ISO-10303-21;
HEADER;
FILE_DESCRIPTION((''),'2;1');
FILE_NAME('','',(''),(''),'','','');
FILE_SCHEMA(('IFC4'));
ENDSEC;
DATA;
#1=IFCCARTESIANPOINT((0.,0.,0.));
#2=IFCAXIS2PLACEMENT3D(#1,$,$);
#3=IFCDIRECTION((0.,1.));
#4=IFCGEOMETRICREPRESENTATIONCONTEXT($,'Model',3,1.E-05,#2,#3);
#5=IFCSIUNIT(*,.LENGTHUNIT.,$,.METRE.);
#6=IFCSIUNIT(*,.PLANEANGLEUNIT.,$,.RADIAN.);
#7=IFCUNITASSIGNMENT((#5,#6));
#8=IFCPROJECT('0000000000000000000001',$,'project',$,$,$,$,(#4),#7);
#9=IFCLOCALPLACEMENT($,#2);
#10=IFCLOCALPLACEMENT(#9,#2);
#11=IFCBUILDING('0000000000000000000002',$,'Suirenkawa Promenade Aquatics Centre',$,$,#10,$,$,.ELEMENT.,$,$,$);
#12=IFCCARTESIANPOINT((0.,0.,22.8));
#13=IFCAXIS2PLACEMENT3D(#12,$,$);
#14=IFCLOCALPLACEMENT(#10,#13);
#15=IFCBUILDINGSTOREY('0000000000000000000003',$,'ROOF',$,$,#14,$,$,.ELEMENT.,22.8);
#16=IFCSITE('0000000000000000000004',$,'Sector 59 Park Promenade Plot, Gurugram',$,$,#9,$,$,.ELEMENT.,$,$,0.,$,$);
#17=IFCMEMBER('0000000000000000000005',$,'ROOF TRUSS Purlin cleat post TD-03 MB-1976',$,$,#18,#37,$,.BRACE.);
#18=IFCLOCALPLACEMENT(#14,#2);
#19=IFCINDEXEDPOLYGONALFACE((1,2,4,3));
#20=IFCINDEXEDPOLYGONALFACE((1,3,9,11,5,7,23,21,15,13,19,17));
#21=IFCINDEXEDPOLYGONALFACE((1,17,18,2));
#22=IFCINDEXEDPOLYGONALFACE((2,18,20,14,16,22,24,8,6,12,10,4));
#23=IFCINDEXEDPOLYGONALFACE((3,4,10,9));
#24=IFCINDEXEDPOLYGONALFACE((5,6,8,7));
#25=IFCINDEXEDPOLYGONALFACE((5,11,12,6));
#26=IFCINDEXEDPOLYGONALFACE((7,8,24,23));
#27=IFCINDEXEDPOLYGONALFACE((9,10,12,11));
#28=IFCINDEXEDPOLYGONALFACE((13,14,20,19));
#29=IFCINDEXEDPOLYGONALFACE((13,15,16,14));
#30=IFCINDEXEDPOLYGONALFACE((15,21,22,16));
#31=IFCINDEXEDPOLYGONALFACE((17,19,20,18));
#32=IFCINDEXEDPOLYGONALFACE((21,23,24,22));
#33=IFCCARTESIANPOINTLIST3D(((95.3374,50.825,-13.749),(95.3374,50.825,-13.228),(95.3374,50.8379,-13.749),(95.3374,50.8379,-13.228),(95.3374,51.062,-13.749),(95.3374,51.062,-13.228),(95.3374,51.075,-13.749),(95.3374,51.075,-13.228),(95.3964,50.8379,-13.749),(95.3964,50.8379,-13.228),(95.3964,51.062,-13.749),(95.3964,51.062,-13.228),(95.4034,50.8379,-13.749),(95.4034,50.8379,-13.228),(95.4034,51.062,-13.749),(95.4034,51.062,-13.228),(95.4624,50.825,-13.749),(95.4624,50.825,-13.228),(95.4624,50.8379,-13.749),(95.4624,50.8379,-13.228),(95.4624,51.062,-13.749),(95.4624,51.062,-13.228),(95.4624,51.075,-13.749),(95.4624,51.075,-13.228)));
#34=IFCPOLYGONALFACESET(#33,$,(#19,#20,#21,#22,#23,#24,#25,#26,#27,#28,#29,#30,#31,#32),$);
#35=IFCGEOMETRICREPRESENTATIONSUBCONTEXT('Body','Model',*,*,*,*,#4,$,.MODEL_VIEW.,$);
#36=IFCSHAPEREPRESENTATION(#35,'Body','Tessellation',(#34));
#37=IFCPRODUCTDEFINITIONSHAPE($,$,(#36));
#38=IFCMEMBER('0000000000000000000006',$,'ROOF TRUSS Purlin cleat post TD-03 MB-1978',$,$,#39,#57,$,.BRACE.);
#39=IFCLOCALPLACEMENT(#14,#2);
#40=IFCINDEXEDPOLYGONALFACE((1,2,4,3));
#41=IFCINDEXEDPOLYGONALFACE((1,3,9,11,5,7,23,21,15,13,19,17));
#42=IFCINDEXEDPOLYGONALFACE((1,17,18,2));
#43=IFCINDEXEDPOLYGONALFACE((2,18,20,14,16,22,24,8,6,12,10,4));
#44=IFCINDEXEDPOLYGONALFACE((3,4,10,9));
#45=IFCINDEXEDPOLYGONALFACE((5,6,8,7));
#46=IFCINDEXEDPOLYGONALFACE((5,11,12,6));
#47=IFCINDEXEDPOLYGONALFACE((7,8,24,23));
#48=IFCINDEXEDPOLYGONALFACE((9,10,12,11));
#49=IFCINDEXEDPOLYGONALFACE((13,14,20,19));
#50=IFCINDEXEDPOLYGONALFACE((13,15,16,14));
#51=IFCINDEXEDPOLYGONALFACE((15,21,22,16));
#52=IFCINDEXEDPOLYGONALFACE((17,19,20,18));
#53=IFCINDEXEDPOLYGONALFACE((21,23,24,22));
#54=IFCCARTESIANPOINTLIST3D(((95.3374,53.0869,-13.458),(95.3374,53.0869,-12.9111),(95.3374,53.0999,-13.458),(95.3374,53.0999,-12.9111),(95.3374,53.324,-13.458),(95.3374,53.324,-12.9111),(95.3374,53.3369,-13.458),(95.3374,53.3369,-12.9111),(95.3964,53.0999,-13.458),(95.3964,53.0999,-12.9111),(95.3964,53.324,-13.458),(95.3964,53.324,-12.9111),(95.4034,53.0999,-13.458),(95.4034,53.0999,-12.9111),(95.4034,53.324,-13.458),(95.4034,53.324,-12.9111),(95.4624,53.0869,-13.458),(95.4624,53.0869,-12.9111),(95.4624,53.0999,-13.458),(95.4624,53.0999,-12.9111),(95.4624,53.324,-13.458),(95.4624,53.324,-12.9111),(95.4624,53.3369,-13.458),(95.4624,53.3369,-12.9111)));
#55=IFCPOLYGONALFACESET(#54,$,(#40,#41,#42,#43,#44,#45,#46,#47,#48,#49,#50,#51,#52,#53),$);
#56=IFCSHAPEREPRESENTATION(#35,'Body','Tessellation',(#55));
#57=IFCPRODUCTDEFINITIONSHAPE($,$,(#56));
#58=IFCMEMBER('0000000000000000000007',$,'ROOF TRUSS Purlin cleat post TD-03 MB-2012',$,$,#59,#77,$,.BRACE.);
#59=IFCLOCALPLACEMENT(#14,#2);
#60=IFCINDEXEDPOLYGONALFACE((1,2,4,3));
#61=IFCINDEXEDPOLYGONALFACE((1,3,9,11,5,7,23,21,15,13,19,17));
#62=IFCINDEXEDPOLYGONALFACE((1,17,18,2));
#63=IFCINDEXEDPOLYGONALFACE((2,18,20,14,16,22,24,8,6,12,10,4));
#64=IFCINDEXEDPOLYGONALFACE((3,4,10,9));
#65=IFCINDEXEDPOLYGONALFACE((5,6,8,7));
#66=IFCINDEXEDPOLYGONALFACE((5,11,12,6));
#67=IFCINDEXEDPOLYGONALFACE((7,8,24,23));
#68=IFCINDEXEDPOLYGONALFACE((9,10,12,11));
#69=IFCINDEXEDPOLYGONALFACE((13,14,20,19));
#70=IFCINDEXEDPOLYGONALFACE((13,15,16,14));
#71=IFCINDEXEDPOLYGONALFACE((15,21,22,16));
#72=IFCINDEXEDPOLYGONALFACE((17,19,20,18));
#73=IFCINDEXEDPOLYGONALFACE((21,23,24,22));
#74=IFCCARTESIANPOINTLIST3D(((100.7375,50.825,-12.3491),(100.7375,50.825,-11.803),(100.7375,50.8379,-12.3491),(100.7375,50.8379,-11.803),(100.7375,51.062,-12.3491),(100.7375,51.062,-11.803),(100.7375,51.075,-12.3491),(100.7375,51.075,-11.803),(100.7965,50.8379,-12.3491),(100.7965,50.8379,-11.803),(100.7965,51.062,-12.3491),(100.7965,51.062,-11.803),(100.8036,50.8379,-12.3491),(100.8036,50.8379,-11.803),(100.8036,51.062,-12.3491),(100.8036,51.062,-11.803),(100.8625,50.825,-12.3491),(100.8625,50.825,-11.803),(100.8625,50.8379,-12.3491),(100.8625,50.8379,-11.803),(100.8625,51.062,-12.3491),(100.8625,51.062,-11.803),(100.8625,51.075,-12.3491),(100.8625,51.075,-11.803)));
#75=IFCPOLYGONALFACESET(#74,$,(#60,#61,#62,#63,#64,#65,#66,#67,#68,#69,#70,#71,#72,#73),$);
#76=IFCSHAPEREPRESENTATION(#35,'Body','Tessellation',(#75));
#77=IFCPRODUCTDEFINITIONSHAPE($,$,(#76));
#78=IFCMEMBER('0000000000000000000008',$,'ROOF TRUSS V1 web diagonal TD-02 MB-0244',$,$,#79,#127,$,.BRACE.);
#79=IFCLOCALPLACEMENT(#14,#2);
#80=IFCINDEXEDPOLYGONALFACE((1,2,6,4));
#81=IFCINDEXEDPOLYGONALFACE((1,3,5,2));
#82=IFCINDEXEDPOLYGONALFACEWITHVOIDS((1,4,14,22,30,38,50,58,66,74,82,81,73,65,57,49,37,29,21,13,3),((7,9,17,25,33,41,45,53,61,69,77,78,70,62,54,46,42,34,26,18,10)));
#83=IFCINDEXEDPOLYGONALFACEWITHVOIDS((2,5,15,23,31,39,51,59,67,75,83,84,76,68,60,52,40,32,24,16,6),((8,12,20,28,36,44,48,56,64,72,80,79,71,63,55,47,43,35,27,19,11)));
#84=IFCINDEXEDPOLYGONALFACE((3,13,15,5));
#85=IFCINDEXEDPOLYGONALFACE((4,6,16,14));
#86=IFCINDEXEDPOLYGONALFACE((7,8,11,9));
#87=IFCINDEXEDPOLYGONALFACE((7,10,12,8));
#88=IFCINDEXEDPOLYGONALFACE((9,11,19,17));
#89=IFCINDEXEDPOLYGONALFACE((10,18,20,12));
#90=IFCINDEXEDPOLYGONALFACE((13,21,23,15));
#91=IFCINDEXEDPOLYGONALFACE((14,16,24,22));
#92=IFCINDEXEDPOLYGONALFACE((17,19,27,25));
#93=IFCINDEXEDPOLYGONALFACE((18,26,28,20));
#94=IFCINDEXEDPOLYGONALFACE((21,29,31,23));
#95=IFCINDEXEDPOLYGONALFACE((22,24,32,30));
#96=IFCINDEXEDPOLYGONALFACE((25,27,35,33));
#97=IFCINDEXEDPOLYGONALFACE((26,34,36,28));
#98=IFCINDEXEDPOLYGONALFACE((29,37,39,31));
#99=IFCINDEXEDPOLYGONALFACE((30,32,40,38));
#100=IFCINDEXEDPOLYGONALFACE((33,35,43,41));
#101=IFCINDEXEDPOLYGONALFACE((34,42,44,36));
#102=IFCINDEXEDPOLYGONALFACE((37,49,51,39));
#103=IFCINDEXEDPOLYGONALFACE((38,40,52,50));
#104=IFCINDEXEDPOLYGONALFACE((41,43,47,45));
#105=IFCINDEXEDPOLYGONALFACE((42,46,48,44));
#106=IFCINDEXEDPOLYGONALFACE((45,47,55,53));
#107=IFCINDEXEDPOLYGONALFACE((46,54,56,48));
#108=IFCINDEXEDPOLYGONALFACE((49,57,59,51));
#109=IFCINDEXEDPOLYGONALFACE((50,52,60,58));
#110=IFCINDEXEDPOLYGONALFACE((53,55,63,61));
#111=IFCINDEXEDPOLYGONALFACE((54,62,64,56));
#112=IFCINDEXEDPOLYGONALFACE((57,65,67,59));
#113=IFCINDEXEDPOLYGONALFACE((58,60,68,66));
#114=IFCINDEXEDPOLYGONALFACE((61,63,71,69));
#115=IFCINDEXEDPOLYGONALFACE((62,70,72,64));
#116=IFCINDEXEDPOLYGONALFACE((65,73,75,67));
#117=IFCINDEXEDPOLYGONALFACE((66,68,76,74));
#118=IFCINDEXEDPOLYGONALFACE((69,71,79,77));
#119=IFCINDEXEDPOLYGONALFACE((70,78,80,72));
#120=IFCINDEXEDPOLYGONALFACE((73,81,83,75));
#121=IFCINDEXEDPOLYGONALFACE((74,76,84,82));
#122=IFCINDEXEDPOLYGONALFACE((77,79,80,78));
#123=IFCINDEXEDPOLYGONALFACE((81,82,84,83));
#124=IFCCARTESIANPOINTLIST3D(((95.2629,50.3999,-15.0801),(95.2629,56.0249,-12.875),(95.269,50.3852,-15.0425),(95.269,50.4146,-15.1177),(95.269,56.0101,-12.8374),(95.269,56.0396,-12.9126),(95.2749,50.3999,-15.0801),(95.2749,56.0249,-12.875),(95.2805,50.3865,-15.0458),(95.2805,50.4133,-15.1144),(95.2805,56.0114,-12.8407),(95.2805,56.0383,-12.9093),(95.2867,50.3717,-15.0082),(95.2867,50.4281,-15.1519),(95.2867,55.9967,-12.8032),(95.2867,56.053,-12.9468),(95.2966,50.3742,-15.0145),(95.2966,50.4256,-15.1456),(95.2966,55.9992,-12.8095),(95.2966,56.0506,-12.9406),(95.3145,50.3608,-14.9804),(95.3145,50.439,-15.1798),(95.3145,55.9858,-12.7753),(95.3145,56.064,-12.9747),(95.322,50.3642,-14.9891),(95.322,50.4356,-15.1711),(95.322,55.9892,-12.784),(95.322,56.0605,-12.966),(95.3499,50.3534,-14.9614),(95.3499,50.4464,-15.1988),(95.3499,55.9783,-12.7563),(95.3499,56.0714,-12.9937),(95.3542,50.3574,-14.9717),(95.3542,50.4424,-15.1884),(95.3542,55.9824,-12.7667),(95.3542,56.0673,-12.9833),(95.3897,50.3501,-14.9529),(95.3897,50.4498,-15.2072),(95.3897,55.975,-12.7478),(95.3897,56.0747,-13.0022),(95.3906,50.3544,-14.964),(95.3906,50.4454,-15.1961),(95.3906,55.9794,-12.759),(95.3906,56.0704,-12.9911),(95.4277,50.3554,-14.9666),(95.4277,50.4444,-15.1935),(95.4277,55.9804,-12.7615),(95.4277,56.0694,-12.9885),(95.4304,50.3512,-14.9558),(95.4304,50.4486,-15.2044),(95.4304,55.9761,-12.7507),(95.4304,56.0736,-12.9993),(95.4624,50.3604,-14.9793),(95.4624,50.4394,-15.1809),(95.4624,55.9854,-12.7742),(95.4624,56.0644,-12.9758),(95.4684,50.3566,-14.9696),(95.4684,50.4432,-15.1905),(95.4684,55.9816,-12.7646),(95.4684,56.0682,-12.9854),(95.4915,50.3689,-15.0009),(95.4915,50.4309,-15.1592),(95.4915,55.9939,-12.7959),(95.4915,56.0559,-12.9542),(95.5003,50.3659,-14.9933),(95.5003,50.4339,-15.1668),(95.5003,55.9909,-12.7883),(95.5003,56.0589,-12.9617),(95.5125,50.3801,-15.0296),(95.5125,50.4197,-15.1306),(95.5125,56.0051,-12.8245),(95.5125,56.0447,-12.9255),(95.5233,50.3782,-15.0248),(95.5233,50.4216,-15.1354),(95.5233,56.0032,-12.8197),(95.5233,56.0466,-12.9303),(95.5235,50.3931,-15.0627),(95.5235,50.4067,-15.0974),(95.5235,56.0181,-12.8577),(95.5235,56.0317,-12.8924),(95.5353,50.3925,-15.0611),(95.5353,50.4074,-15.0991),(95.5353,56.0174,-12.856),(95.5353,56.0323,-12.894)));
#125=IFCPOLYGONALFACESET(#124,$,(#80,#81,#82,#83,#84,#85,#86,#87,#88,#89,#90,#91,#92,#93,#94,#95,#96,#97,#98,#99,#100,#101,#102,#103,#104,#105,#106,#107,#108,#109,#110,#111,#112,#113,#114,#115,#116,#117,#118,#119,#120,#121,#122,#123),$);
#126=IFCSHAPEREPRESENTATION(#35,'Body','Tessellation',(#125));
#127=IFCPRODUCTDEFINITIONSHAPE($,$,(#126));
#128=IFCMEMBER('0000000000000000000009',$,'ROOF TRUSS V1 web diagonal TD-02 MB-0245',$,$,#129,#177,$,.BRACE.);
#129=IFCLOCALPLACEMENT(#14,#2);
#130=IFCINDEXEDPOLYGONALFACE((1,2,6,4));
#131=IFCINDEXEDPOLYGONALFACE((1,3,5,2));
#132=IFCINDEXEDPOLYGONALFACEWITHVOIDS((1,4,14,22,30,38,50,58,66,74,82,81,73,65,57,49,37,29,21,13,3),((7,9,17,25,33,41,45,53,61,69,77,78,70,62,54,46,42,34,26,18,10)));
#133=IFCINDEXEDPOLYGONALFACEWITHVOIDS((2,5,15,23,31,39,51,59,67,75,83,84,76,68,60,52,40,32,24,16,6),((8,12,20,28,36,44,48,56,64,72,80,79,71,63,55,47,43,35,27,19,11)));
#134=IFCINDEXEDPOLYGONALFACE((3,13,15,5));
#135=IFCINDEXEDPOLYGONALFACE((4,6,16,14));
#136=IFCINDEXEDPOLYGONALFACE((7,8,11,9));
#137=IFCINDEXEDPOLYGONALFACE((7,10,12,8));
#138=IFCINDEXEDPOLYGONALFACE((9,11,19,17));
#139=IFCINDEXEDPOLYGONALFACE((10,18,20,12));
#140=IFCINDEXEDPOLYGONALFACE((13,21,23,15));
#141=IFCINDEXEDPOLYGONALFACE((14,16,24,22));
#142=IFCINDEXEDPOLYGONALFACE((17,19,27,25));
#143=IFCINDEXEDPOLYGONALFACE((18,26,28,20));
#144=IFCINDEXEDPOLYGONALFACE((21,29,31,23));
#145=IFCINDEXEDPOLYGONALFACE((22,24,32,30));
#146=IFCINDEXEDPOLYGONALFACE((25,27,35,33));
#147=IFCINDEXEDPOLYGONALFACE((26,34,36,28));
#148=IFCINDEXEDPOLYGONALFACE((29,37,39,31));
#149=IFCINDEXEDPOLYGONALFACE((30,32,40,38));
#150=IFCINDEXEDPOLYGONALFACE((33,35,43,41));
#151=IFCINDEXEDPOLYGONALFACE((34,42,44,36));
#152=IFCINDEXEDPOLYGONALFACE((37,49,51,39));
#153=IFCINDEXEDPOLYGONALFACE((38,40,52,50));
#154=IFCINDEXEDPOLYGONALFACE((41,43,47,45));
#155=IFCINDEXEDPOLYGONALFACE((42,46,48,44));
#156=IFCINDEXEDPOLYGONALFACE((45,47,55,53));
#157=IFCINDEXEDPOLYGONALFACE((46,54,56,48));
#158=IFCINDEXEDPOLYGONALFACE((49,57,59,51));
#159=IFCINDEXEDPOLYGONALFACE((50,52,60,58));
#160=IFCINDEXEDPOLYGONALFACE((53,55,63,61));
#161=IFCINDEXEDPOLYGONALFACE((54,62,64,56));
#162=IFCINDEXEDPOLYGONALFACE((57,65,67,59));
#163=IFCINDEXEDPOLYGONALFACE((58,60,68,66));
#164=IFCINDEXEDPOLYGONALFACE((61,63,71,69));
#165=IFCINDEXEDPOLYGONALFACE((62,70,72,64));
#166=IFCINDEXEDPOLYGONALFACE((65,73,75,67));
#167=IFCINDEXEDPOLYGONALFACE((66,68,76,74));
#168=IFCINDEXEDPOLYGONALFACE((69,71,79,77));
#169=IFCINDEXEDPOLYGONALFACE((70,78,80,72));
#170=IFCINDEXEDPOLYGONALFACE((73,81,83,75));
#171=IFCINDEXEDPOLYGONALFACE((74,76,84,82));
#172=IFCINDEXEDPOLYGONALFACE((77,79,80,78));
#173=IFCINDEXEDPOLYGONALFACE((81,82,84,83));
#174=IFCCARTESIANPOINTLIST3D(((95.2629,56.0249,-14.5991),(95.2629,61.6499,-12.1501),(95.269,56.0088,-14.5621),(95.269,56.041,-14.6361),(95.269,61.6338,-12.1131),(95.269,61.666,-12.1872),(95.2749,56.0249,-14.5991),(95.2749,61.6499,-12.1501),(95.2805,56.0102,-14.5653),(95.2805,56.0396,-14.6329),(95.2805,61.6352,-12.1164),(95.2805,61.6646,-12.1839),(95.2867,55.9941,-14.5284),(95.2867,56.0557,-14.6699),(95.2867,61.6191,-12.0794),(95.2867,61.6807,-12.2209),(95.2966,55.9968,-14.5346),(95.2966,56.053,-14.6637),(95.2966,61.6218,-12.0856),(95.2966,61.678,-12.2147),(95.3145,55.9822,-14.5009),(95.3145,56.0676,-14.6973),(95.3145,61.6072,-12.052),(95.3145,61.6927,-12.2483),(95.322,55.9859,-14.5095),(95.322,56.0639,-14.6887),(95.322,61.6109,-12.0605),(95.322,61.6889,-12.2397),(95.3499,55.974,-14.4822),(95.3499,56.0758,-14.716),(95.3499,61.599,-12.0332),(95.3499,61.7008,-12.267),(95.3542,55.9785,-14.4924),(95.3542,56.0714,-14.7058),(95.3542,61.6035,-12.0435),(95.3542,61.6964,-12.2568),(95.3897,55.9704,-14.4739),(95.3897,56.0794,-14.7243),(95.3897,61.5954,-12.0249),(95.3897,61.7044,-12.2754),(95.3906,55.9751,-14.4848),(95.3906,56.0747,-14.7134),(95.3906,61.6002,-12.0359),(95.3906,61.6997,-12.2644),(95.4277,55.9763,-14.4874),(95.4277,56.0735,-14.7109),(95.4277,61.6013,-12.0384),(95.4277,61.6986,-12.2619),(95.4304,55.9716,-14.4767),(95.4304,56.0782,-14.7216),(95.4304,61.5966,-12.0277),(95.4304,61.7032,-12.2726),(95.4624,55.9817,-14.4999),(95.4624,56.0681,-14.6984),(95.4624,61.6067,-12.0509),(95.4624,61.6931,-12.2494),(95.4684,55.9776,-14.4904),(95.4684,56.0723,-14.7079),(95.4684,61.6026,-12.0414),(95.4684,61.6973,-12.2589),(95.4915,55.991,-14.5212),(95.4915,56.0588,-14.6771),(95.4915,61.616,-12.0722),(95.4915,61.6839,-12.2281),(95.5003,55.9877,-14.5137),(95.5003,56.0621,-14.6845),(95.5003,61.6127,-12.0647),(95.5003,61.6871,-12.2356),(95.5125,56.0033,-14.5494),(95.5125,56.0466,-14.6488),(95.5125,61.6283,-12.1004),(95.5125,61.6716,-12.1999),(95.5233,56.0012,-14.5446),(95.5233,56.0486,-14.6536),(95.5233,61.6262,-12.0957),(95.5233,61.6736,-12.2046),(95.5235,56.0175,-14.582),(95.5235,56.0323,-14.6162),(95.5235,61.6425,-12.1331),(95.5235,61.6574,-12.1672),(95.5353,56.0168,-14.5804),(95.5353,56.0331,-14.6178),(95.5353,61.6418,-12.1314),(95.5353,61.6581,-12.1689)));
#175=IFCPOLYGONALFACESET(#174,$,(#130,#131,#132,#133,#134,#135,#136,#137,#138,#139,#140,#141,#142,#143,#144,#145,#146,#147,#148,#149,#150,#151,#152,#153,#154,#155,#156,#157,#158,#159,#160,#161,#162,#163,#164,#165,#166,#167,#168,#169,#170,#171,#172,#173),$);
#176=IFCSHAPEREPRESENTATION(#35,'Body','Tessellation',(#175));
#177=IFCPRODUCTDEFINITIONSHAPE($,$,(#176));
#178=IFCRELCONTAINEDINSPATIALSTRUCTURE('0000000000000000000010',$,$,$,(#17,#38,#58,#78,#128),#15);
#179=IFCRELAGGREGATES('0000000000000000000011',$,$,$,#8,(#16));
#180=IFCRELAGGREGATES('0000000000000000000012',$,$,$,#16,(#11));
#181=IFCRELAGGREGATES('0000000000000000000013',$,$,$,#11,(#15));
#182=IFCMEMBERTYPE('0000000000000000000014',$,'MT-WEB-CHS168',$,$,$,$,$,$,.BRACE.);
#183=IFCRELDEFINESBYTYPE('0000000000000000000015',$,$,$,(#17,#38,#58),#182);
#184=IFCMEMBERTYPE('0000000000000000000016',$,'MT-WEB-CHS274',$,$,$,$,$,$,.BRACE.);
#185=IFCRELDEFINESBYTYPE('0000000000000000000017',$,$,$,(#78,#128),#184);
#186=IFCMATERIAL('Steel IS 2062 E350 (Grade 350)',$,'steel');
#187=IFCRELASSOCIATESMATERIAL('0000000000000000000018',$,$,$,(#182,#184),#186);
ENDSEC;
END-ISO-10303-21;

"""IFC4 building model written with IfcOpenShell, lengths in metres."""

from ifc_helpers import new_model, si_unit, direction, frame, origin, origin_2d, place, context, subcontext, project, spatial, hollow_circle, i_section, extrude, material, material_profile, profile_set, type_object, element, save


model = new_model("IFC4")

# Units and contexts
model_context = context("Model", 3, precision=1e-05, world=origin(), true_north=direction((0.0, 1.0)))
body_context = subcontext(model_context, "Body", "Model", "MODEL_VIEW")
ifc_project = project(units=[si_unit("LENGTHUNIT", "METRE"), si_unit("PLANEANGLEUNIT", "RADIAN")], contexts=[model_context])

# Site, building, storey
site_placement = place(None, origin())
site = spatial("IfcSite", under=ifc_project, at=site_placement, Name="Sector 59 Park Promenade Plot, Gurugram", CompositionType="ELEMENT", RefElevation=0.0)
building_placement = place(site_placement, origin())
building = spatial("IfcBuilding", under=site, at=building_placement, Name="Suirenkawa Promenade Aquatics Centre", CompositionType="ELEMENT")
storey_placement = place(building_placement, frame((0.0, 0.0, 22.8)))
storey = spatial("IfcBuildingStorey", under=building, at=storey_placement, Name="ROOF", CompositionType="ELEMENT", Elevation=22.8)

# Shared definitions
ifc_material_1 = material(Name="Steel IS 2062 E350 (Grade 350)", Category="steel")

# Members
ifc_material_profile_1 = material_profile(ifc_material_1, i_section(OverallWidth=0.125, OverallDepth=0.25, WebThickness=0.0071, FlangeThickness=0.0129, at=origin_2d()), Name="ISMB 250", Category="steel")
ifc_profile_set_1 = profile_set([ifc_material_profile_1], Name="Steel IS 2062 E350 (Grade 350)")
member_type_1 = type_object("IfcMemberType", Name="MT-WEB-CHS168", PredefinedType="BRACE", material=ifc_profile_set_1)
member_1_placement = place(storey_placement, frame((95.3999, 50.95, -13.749), z_axis=(0.0, 0.0, 1.0), x_axis=(1.0, 0.0, 0.0)))
element("IfcMember", 1, at=member_1_placement, inside=storey, type_object=member_type_1, Name="ROOF TRUSS Purlin cleat post TD-03 MB-1976", PredefinedType="BRACE", context=body_context, shape_type="SweptSolid", body=[
    extrude(i_section(OverallWidth=0.125, OverallDepth=0.25, WebThickness=0.0071, FlangeThickness=0.0129, at=origin_2d()), origin(), (0.0, 0.0, 1.0), 0.521),
])
member_2_placement = place(storey_placement, frame((95.3999, 53.2119, -13.458), z_axis=(0.0, 0.0, 1.0), x_axis=(1.0, 0.0, 0.0)))
element("IfcMember", 2, at=member_2_placement, inside=storey, type_object=member_type_1, Name="ROOF TRUSS Purlin cleat post TD-03 MB-1978", PredefinedType="BRACE", context=body_context, shape_type="SweptSolid", body=[
    extrude(i_section(OverallWidth=0.125, OverallDepth=0.25, WebThickness=0.0071, FlangeThickness=0.0129, at=origin_2d()), origin(), (0.0, 0.0, 1.0), 0.5469),
])
member_3_placement = place(storey_placement, frame((100.8, 50.95, -12.3491), z_axis=(0.0, 0.0, 1.0), x_axis=(1.0, 0.0, 0.0)))
element("IfcMember", 3, at=member_3_placement, inside=storey, type_object=member_type_1, Name="ROOF TRUSS Purlin cleat post TD-03 MB-2012", PredefinedType="BRACE", context=body_context, shape_type="SweptSolid", body=[
    extrude(i_section(OverallWidth=0.125, OverallDepth=0.25, WebThickness=0.0071, FlangeThickness=0.0129, at=origin_2d()), origin(), (0.0, 0.0, 1.0), 0.5461),
])
ifc_material_profile_2 = material_profile(ifc_material_1, hollow_circle(Radius=0.137, WallThickness=0.012, at=origin_2d()), Name="CHS 274x12", Category="steel")
ifc_profile_set_2 = profile_set([ifc_material_profile_2], Name="Steel IS 2062 E350 (Grade 350)")
member_type_2 = type_object("IfcMemberType", Name="MT-WEB-CHS274", PredefinedType="BRACE", material=ifc_profile_set_2)
member_4_placement = place(storey_placement, frame((95.3999, 50.3999, -15.0801), z_axis=(0.0, 0.931018, 0.364972), x_axis=(-1.0, 0.0, 0.0)))
element("IfcMember", 4, at=member_4_placement, inside=storey, type_object=member_type_2, Name="ROOF TRUSS V1 web diagonal TD-02 MB-0244", PredefinedType="BRACE", context=body_context, shape_type="SweptSolid", body=[
    extrude(hollow_circle(Radius=0.137, WallThickness=0.012, at=origin_2d()), origin(), (0.0, 0.0, 1.0), 6.0417),
])
member_5_placement = place(storey_placement, frame((95.3999, 56.0249, -14.5991), z_axis=(0.0, 0.916872, 0.399182), x_axis=(-1.0, 0.0, 0.0)))
element("IfcMember", 5, at=member_5_placement, inside=storey, type_object=member_type_2, Name="ROOF TRUSS V1 web diagonal TD-02 MB-0245", PredefinedType="BRACE", context=body_context, shape_type="SweptSolid", body=[
    extrude(hollow_circle(Radius=0.137, WallThickness=0.012, at=origin_2d()), origin(), (0.0, 0.0, 1.0), 6.135),
])

save(model, "model.ifc")
